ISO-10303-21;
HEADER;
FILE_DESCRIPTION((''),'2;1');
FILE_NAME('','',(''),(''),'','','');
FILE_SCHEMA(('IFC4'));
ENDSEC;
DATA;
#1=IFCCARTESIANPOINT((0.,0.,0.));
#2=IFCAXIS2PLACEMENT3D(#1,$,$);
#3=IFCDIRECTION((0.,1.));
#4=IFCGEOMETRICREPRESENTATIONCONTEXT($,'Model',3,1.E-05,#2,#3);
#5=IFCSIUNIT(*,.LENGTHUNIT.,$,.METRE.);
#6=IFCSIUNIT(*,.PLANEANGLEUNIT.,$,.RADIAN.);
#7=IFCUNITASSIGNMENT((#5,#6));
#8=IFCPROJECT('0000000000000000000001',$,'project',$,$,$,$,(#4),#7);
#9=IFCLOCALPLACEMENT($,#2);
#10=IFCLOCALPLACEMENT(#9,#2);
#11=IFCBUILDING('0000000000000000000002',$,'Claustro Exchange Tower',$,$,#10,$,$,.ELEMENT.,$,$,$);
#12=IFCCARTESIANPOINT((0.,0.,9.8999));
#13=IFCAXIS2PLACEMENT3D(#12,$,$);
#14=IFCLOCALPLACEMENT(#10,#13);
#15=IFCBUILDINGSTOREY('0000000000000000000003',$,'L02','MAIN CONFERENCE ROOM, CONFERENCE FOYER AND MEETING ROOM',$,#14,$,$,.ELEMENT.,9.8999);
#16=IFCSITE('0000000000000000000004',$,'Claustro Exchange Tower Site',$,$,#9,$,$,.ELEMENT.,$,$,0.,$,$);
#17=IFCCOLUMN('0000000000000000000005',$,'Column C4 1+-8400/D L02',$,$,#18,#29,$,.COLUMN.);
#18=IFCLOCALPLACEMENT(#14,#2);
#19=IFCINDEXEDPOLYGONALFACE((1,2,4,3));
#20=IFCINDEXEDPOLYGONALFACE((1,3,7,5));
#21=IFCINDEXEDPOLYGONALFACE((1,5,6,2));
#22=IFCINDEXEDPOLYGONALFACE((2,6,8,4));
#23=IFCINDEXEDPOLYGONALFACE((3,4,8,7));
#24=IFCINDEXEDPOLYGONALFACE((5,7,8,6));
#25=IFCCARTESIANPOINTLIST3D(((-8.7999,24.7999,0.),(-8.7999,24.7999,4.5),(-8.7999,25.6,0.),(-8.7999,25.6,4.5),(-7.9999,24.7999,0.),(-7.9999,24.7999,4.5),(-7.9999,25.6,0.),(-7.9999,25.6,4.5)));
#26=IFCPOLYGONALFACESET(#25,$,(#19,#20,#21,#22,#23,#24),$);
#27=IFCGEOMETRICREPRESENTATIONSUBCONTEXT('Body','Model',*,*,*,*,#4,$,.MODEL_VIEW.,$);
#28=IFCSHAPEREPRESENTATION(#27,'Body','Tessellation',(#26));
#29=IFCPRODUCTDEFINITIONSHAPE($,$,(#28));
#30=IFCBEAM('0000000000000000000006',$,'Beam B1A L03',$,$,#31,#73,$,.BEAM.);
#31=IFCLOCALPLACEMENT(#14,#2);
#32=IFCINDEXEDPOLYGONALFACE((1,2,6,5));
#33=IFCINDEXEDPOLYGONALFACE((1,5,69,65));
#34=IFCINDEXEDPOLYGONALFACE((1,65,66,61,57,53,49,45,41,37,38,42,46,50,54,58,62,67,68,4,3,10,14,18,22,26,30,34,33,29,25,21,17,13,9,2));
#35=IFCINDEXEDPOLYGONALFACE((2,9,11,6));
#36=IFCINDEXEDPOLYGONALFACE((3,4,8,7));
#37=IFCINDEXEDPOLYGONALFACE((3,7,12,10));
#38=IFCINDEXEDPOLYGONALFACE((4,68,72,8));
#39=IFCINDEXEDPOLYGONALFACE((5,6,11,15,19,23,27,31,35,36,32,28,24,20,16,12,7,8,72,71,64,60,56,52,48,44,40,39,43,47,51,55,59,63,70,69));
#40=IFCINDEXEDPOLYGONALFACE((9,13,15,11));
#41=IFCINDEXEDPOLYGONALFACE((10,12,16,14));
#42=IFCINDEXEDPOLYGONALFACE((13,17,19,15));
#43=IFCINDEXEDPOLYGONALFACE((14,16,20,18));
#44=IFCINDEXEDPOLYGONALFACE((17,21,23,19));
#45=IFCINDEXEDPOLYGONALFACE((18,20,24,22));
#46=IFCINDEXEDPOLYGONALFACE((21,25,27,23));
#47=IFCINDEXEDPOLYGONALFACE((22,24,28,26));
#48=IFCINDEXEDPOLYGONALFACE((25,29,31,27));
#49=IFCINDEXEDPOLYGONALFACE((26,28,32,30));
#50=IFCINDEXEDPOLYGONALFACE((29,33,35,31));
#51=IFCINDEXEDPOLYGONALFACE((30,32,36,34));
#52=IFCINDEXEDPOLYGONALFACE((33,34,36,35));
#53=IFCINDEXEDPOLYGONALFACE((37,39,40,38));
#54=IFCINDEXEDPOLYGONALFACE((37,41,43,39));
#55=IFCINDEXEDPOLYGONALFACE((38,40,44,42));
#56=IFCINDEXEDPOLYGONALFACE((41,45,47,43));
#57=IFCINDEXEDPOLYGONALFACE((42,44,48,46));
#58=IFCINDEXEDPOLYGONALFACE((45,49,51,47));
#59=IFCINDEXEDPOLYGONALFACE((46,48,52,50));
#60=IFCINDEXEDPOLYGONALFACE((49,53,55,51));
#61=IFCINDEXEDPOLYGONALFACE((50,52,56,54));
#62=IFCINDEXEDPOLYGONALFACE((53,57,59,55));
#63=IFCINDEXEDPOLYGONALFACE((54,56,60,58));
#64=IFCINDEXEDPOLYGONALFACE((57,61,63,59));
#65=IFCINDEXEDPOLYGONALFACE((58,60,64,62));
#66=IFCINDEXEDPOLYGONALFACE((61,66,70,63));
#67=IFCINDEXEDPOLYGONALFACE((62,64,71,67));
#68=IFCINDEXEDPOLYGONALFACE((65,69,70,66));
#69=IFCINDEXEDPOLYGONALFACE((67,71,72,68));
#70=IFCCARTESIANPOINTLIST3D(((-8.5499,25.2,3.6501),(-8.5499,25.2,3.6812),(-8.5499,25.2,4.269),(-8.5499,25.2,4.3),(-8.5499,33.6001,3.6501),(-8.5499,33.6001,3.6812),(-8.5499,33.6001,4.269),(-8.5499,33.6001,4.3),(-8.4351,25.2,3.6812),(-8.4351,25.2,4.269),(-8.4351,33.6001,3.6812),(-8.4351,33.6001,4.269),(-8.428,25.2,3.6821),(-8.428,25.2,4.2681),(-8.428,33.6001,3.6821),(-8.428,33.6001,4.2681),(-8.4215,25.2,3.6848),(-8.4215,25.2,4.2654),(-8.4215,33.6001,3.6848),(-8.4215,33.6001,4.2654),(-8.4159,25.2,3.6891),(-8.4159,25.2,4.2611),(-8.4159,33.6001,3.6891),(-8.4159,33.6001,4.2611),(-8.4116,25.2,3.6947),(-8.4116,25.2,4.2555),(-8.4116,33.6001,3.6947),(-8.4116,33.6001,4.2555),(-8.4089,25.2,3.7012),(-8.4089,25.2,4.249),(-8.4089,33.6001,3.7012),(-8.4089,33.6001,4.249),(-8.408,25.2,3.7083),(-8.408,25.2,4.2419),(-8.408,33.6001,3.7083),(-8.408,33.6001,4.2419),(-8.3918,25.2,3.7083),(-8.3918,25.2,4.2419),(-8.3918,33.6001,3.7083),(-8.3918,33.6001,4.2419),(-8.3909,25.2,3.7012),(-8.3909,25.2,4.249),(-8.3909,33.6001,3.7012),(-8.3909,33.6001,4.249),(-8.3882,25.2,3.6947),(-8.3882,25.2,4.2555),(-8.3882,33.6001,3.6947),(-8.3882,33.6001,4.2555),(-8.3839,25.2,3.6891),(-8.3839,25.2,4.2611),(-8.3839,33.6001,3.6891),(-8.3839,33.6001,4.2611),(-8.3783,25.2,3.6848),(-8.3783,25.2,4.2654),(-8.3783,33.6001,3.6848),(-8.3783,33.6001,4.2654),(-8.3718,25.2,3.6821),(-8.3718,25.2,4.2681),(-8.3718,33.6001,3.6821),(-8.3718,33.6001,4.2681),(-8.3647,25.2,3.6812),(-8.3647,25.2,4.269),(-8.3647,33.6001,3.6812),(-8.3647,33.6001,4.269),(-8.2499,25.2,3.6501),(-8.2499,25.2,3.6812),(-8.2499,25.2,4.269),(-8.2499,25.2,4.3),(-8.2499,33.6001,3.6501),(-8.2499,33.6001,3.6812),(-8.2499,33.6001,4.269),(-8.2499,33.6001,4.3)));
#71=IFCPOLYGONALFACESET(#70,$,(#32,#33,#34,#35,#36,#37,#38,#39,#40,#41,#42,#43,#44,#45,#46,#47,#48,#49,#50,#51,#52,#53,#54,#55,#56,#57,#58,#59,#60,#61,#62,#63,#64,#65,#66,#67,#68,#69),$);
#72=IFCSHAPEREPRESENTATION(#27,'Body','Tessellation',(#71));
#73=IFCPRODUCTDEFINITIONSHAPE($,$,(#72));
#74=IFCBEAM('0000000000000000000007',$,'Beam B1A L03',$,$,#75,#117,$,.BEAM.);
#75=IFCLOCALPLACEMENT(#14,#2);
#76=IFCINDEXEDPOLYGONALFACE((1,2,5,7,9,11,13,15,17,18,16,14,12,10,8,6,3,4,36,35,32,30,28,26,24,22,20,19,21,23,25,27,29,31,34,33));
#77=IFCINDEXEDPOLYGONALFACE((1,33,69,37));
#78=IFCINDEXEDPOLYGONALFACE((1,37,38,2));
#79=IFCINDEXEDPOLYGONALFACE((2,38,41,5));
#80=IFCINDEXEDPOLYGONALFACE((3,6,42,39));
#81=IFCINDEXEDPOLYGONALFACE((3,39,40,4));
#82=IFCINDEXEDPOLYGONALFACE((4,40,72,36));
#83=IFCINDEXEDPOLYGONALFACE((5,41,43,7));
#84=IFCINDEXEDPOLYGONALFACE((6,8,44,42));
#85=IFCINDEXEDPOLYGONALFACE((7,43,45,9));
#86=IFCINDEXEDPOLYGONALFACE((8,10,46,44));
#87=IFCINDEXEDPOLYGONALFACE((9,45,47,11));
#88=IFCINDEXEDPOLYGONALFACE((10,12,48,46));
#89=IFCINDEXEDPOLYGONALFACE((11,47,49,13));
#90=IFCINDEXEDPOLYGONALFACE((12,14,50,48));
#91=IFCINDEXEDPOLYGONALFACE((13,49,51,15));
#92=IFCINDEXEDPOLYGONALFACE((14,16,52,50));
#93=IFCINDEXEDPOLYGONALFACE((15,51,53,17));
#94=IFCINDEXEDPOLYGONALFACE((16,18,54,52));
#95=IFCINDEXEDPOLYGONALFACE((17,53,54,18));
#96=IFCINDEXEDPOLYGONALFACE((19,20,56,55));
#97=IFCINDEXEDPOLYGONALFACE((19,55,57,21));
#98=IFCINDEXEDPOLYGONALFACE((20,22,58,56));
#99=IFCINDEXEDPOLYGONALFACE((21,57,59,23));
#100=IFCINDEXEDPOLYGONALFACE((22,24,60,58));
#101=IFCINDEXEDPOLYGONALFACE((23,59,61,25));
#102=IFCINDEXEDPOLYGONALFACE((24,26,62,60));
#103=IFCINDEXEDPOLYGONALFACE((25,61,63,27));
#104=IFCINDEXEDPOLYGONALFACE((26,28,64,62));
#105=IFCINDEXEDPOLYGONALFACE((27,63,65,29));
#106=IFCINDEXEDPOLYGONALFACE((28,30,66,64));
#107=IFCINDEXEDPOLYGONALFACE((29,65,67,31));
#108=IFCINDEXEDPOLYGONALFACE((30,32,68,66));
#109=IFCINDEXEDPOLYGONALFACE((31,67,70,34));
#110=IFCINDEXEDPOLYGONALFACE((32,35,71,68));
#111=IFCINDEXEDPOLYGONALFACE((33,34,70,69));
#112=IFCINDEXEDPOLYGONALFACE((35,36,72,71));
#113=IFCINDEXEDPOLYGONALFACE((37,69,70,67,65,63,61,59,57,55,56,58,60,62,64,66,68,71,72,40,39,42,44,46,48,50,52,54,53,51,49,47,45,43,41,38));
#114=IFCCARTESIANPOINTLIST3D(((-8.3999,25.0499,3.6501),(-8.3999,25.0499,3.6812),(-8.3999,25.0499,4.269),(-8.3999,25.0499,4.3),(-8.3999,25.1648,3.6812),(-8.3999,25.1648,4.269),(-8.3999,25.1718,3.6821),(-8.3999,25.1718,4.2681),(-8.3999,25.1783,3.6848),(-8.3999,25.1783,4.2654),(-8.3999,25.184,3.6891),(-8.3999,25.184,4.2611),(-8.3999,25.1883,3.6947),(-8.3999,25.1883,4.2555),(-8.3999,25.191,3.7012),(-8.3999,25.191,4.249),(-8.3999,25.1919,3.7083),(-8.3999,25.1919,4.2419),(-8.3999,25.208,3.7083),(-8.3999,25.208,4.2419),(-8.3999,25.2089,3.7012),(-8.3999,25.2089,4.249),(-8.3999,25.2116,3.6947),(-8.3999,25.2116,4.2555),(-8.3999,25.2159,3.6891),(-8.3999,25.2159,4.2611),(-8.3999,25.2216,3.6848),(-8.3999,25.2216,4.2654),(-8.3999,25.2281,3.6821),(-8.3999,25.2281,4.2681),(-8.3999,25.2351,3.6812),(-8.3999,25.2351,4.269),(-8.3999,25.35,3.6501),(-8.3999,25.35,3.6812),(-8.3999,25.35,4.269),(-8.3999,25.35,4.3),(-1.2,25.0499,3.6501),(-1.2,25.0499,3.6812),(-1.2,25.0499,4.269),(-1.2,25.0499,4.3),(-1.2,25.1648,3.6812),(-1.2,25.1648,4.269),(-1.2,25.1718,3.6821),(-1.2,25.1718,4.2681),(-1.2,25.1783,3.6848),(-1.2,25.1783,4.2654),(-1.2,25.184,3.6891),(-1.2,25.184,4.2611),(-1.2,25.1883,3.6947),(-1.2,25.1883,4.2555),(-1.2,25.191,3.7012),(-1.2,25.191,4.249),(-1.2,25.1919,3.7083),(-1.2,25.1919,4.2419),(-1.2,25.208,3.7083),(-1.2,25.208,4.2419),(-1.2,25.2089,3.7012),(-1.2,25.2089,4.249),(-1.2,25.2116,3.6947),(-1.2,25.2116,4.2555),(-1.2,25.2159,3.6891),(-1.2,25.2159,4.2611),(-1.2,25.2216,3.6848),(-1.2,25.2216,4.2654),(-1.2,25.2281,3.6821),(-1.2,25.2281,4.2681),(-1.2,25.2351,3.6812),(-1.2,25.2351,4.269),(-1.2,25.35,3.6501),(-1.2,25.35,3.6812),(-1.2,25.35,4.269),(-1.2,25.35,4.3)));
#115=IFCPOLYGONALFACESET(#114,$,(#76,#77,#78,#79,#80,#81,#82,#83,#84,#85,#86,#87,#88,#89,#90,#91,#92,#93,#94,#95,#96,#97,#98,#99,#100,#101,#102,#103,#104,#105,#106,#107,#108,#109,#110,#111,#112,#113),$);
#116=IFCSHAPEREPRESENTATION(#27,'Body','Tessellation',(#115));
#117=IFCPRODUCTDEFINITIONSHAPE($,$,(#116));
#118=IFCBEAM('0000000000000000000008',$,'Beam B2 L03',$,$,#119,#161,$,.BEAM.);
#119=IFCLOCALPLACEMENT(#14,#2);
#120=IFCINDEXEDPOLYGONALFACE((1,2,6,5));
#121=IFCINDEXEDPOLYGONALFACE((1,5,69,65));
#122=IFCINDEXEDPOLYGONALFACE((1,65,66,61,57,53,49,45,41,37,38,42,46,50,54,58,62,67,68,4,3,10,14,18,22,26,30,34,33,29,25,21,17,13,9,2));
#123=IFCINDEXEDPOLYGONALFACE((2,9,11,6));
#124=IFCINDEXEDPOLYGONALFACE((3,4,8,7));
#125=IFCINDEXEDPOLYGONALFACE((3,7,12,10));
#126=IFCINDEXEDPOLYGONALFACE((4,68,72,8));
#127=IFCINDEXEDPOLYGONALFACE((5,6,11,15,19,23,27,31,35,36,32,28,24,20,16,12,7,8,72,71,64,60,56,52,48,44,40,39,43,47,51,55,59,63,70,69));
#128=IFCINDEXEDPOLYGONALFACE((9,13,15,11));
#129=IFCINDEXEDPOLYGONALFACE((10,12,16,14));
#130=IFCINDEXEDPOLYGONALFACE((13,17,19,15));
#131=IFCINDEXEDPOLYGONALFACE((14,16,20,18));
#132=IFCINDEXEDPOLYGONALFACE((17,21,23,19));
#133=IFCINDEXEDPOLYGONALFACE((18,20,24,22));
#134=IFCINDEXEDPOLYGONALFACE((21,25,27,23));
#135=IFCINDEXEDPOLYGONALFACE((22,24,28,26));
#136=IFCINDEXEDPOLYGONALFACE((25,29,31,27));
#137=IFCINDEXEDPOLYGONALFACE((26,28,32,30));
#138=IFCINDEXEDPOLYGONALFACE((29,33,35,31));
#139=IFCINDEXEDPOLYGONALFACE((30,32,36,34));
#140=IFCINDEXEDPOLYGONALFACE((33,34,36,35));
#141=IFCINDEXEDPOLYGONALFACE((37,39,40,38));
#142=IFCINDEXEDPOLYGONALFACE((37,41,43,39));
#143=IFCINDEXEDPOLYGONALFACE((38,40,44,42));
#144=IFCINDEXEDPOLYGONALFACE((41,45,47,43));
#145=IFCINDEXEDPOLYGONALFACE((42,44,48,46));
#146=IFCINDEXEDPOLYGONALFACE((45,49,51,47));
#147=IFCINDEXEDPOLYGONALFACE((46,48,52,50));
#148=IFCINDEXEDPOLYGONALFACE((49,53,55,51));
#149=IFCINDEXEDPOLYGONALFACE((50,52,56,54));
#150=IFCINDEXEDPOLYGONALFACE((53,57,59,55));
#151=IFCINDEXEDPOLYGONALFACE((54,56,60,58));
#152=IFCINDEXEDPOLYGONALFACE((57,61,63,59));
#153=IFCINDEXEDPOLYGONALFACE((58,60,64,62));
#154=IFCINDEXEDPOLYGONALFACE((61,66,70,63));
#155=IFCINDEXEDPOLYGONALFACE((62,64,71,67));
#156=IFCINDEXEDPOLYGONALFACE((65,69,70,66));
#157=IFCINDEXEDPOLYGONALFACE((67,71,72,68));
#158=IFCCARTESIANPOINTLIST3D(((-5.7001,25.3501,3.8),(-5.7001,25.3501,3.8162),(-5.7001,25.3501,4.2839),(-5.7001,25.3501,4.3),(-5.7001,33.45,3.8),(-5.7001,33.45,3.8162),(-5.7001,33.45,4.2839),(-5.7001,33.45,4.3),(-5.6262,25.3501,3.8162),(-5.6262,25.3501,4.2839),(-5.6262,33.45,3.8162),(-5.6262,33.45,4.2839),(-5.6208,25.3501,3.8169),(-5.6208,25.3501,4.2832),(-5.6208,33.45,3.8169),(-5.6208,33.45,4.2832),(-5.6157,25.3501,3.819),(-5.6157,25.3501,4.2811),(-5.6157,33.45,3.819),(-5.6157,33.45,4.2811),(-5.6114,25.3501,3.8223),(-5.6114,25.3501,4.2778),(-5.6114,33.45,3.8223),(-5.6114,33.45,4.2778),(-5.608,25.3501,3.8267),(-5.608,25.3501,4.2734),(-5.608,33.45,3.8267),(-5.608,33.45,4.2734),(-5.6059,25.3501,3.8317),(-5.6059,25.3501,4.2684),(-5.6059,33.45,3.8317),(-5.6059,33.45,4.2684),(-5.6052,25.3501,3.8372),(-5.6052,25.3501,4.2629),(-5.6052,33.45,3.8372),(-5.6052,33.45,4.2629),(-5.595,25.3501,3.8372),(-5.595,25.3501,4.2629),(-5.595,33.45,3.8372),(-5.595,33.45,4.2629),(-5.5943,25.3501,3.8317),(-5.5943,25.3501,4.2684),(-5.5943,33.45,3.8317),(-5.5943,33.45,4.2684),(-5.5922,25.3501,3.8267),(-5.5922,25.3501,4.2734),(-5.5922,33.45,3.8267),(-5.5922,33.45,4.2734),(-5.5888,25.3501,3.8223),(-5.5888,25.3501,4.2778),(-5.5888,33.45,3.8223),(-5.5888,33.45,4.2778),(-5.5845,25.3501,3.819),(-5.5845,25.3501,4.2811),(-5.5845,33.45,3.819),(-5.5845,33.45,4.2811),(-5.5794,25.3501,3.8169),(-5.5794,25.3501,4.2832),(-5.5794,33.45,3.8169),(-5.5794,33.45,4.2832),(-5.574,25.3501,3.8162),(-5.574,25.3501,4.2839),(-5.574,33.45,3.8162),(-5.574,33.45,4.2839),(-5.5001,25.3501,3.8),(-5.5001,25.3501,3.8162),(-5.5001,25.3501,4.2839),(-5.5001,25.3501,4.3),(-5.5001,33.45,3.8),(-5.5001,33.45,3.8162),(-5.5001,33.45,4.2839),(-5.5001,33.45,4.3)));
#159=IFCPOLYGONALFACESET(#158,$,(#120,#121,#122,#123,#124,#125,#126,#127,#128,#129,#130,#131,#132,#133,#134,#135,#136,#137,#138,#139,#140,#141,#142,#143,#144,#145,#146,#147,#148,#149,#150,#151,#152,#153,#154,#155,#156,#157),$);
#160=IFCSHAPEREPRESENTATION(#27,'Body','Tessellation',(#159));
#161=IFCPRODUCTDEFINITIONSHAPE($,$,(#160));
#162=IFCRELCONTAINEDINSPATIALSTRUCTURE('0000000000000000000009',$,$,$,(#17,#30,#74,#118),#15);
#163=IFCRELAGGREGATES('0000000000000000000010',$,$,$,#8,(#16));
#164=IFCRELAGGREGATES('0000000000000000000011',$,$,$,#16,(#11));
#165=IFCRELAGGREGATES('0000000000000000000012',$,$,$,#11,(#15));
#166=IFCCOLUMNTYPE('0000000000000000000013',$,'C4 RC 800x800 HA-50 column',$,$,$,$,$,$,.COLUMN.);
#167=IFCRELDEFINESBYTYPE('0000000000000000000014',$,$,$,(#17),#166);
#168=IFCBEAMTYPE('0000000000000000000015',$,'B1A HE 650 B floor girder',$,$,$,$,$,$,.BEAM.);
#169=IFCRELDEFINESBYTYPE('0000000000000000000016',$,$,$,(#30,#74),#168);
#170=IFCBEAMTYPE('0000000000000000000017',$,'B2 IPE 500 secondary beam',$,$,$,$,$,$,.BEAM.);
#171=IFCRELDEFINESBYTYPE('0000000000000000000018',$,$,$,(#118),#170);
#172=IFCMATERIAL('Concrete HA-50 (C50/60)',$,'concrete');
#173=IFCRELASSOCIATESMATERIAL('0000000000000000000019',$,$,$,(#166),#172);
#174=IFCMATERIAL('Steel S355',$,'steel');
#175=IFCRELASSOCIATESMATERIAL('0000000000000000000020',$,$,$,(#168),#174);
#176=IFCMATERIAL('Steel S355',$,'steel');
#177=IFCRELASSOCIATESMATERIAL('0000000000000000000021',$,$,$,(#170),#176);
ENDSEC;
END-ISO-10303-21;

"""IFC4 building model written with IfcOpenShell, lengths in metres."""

from ifc_helpers import new_model, si_unit, direction, frame, origin, origin_2d, place, context, subcontext, project, spatial, rectangle, i_section, extrude, material, material_profile, profile_set, type_object, element, save


model = new_model("IFC4")

# Units and contexts
model_context = context("Model", 3, precision=1e-05, world=origin(), true_north=direction((0.0, 1.0)))
body_context = subcontext(model_context, "Body", "Model", "MODEL_VIEW")
ifc_project = project(units=[si_unit("LENGTHUNIT", "METRE"), si_unit("PLANEANGLEUNIT", "RADIAN")], contexts=[model_context])

# Site, building, storey
site_placement = place(None, origin())
site = spatial("IfcSite", under=ifc_project, at=site_placement, Name="Claustro Exchange Tower Site", CompositionType="ELEMENT", RefElevation=0.0)
building_placement = place(site_placement, origin())
building = spatial("IfcBuilding", under=site, at=building_placement, Name="Claustro Exchange Tower", CompositionType="ELEMENT")
storey_placement = place(building_placement, frame((0.0, 0.0, 9.8999)))
storey = spatial("IfcBuildingStorey", under=building, at=storey_placement, Name="L02", Description="MAIN CONFERENCE ROOM, CONFERENCE FOYER AND MEETING ROOM", CompositionType="ELEMENT", Elevation=9.8999)

# Column
ifc_material_1 = material(Name="Concrete HA-50 (C50/60)", Category="concrete")
ifc_material_profile_1 = material_profile(ifc_material_1, rectangle(XDim=0.8, YDim=0.8, at=origin_2d()), Name="RC 800x800")
ifc_profile_set_1 = profile_set([ifc_material_profile_1], Name="Concrete HA-50 (C50/60)")
column_type = type_object("IfcColumnType", Name="C4 RC 800x800 HA-50 column", PredefinedType="COLUMN", material=ifc_profile_set_1)
column_placement = place(storey_placement, frame((-8.3999, 25.2, 0.0), z_axis=(0.0, 0.0, 1.0), x_axis=(1.0, 0.0, 0.0)))
element("IfcColumn", 1, at=column_placement, inside=storey, type_object=column_type, Name="Column C4 1+-8400/D L02", PredefinedType="COLUMN", context=body_context, shape_type="SweptSolid", body=[
    extrude(rectangle(XDim=0.8, YDim=0.8, at=origin_2d()), origin(), (0.0, 0.0, 1.0), 4.5),
])

# Beams
ifc_material_2 = material(Name="Steel S355", Category="steel")
ifc_material_profile_2 = material_profile(ifc_material_2, i_section(OverallWidth=0.3, OverallDepth=0.6499, WebThickness=0.0161, FlangeThickness=0.031, FilletRadius=0.0271, at=origin_2d()), Name="HE 650 B")
ifc_profile_set_2 = profile_set([ifc_material_profile_2], Name="Steel S355")
beam_type_1 = type_object("IfcBeamType", Name="B1A HE 650 B floor girder", PredefinedType="BEAM", material=ifc_profile_set_2)
beam_1_placement = place(storey_placement, frame((-8.3999, 25.2, 3.9751), z_axis=(0.0, 1.0, 0.0), x_axis=(-1.0, 0.0, 0.0)))
element("IfcBeam", 2, at=beam_1_placement, inside=storey, type_object=beam_type_1, Name="Beam B1A L03", PredefinedType="BEAM", context=body_context, shape_type="SweptSolid", body=[
    extrude(i_section(OverallWidth=0.3, OverallDepth=0.6499, WebThickness=0.0161, FlangeThickness=0.031, FilletRadius=0.0271, at=origin_2d()), origin(), (0.0, 0.0, 1.0), 8.4001),
])
beam_2_placement = place(storey_placement, frame((-8.3999, 25.2, 3.9751), z_axis=(1.0, 0.0, 0.0), x_axis=(0.0, 1.0, 0.0)))
element("IfcBeam", 3, at=beam_2_placement, inside=storey, type_object=beam_type_1, Name="Beam B1A L03", PredefinedType="BEAM", context=body_context, shape_type="SweptSolid", body=[
    extrude(i_section(OverallWidth=0.3, OverallDepth=0.6499, WebThickness=0.0161, FlangeThickness=0.031, FilletRadius=0.0271, at=origin_2d()), origin(), (0.0, 0.0, 1.0), 7.2),
])
ifc_material_3 = material(Name="Steel S355", Category="steel")
ifc_material_profile_3 = material_profile(ifc_material_3, i_section(OverallWidth=0.2, OverallDepth=0.5, WebThickness=0.0103, FlangeThickness=0.0161, FilletRadius=0.021, at=origin_2d()), Name="IPE 500")
ifc_profile_set_3 = profile_set([ifc_material_profile_3], Name="Steel S355")
beam_type_2 = type_object("IfcBeamType", Name="B2 IPE 500 secondary beam", PredefinedType="BEAM", material=ifc_profile_set_3)
for number, where, z_axis, x_axis, name in (
    (4, (-5.6001, 25.3501, 4.05), (0.0, 1.0, 0.0), (-1.0, 0.0, 0.0), "Beam B2 L03"),
):
    element("IfcBeam", number, at=place(storey_placement, frame(where, z_axis=z_axis, x_axis=x_axis)), inside=storey, type_object=beam_type_2, Name=name, PredefinedType="BEAM", context=body_context, shape_type="SweptSolid", body=[
        extrude(i_section(OverallWidth=0.2, OverallDepth=0.5, WebThickness=0.0103, FlangeThickness=0.0161, FilletRadius=0.021, at=origin_2d()), origin(), (0.0, 0.0, 1.0), 8.0999),
    ])

save(model, "model.ifc")
